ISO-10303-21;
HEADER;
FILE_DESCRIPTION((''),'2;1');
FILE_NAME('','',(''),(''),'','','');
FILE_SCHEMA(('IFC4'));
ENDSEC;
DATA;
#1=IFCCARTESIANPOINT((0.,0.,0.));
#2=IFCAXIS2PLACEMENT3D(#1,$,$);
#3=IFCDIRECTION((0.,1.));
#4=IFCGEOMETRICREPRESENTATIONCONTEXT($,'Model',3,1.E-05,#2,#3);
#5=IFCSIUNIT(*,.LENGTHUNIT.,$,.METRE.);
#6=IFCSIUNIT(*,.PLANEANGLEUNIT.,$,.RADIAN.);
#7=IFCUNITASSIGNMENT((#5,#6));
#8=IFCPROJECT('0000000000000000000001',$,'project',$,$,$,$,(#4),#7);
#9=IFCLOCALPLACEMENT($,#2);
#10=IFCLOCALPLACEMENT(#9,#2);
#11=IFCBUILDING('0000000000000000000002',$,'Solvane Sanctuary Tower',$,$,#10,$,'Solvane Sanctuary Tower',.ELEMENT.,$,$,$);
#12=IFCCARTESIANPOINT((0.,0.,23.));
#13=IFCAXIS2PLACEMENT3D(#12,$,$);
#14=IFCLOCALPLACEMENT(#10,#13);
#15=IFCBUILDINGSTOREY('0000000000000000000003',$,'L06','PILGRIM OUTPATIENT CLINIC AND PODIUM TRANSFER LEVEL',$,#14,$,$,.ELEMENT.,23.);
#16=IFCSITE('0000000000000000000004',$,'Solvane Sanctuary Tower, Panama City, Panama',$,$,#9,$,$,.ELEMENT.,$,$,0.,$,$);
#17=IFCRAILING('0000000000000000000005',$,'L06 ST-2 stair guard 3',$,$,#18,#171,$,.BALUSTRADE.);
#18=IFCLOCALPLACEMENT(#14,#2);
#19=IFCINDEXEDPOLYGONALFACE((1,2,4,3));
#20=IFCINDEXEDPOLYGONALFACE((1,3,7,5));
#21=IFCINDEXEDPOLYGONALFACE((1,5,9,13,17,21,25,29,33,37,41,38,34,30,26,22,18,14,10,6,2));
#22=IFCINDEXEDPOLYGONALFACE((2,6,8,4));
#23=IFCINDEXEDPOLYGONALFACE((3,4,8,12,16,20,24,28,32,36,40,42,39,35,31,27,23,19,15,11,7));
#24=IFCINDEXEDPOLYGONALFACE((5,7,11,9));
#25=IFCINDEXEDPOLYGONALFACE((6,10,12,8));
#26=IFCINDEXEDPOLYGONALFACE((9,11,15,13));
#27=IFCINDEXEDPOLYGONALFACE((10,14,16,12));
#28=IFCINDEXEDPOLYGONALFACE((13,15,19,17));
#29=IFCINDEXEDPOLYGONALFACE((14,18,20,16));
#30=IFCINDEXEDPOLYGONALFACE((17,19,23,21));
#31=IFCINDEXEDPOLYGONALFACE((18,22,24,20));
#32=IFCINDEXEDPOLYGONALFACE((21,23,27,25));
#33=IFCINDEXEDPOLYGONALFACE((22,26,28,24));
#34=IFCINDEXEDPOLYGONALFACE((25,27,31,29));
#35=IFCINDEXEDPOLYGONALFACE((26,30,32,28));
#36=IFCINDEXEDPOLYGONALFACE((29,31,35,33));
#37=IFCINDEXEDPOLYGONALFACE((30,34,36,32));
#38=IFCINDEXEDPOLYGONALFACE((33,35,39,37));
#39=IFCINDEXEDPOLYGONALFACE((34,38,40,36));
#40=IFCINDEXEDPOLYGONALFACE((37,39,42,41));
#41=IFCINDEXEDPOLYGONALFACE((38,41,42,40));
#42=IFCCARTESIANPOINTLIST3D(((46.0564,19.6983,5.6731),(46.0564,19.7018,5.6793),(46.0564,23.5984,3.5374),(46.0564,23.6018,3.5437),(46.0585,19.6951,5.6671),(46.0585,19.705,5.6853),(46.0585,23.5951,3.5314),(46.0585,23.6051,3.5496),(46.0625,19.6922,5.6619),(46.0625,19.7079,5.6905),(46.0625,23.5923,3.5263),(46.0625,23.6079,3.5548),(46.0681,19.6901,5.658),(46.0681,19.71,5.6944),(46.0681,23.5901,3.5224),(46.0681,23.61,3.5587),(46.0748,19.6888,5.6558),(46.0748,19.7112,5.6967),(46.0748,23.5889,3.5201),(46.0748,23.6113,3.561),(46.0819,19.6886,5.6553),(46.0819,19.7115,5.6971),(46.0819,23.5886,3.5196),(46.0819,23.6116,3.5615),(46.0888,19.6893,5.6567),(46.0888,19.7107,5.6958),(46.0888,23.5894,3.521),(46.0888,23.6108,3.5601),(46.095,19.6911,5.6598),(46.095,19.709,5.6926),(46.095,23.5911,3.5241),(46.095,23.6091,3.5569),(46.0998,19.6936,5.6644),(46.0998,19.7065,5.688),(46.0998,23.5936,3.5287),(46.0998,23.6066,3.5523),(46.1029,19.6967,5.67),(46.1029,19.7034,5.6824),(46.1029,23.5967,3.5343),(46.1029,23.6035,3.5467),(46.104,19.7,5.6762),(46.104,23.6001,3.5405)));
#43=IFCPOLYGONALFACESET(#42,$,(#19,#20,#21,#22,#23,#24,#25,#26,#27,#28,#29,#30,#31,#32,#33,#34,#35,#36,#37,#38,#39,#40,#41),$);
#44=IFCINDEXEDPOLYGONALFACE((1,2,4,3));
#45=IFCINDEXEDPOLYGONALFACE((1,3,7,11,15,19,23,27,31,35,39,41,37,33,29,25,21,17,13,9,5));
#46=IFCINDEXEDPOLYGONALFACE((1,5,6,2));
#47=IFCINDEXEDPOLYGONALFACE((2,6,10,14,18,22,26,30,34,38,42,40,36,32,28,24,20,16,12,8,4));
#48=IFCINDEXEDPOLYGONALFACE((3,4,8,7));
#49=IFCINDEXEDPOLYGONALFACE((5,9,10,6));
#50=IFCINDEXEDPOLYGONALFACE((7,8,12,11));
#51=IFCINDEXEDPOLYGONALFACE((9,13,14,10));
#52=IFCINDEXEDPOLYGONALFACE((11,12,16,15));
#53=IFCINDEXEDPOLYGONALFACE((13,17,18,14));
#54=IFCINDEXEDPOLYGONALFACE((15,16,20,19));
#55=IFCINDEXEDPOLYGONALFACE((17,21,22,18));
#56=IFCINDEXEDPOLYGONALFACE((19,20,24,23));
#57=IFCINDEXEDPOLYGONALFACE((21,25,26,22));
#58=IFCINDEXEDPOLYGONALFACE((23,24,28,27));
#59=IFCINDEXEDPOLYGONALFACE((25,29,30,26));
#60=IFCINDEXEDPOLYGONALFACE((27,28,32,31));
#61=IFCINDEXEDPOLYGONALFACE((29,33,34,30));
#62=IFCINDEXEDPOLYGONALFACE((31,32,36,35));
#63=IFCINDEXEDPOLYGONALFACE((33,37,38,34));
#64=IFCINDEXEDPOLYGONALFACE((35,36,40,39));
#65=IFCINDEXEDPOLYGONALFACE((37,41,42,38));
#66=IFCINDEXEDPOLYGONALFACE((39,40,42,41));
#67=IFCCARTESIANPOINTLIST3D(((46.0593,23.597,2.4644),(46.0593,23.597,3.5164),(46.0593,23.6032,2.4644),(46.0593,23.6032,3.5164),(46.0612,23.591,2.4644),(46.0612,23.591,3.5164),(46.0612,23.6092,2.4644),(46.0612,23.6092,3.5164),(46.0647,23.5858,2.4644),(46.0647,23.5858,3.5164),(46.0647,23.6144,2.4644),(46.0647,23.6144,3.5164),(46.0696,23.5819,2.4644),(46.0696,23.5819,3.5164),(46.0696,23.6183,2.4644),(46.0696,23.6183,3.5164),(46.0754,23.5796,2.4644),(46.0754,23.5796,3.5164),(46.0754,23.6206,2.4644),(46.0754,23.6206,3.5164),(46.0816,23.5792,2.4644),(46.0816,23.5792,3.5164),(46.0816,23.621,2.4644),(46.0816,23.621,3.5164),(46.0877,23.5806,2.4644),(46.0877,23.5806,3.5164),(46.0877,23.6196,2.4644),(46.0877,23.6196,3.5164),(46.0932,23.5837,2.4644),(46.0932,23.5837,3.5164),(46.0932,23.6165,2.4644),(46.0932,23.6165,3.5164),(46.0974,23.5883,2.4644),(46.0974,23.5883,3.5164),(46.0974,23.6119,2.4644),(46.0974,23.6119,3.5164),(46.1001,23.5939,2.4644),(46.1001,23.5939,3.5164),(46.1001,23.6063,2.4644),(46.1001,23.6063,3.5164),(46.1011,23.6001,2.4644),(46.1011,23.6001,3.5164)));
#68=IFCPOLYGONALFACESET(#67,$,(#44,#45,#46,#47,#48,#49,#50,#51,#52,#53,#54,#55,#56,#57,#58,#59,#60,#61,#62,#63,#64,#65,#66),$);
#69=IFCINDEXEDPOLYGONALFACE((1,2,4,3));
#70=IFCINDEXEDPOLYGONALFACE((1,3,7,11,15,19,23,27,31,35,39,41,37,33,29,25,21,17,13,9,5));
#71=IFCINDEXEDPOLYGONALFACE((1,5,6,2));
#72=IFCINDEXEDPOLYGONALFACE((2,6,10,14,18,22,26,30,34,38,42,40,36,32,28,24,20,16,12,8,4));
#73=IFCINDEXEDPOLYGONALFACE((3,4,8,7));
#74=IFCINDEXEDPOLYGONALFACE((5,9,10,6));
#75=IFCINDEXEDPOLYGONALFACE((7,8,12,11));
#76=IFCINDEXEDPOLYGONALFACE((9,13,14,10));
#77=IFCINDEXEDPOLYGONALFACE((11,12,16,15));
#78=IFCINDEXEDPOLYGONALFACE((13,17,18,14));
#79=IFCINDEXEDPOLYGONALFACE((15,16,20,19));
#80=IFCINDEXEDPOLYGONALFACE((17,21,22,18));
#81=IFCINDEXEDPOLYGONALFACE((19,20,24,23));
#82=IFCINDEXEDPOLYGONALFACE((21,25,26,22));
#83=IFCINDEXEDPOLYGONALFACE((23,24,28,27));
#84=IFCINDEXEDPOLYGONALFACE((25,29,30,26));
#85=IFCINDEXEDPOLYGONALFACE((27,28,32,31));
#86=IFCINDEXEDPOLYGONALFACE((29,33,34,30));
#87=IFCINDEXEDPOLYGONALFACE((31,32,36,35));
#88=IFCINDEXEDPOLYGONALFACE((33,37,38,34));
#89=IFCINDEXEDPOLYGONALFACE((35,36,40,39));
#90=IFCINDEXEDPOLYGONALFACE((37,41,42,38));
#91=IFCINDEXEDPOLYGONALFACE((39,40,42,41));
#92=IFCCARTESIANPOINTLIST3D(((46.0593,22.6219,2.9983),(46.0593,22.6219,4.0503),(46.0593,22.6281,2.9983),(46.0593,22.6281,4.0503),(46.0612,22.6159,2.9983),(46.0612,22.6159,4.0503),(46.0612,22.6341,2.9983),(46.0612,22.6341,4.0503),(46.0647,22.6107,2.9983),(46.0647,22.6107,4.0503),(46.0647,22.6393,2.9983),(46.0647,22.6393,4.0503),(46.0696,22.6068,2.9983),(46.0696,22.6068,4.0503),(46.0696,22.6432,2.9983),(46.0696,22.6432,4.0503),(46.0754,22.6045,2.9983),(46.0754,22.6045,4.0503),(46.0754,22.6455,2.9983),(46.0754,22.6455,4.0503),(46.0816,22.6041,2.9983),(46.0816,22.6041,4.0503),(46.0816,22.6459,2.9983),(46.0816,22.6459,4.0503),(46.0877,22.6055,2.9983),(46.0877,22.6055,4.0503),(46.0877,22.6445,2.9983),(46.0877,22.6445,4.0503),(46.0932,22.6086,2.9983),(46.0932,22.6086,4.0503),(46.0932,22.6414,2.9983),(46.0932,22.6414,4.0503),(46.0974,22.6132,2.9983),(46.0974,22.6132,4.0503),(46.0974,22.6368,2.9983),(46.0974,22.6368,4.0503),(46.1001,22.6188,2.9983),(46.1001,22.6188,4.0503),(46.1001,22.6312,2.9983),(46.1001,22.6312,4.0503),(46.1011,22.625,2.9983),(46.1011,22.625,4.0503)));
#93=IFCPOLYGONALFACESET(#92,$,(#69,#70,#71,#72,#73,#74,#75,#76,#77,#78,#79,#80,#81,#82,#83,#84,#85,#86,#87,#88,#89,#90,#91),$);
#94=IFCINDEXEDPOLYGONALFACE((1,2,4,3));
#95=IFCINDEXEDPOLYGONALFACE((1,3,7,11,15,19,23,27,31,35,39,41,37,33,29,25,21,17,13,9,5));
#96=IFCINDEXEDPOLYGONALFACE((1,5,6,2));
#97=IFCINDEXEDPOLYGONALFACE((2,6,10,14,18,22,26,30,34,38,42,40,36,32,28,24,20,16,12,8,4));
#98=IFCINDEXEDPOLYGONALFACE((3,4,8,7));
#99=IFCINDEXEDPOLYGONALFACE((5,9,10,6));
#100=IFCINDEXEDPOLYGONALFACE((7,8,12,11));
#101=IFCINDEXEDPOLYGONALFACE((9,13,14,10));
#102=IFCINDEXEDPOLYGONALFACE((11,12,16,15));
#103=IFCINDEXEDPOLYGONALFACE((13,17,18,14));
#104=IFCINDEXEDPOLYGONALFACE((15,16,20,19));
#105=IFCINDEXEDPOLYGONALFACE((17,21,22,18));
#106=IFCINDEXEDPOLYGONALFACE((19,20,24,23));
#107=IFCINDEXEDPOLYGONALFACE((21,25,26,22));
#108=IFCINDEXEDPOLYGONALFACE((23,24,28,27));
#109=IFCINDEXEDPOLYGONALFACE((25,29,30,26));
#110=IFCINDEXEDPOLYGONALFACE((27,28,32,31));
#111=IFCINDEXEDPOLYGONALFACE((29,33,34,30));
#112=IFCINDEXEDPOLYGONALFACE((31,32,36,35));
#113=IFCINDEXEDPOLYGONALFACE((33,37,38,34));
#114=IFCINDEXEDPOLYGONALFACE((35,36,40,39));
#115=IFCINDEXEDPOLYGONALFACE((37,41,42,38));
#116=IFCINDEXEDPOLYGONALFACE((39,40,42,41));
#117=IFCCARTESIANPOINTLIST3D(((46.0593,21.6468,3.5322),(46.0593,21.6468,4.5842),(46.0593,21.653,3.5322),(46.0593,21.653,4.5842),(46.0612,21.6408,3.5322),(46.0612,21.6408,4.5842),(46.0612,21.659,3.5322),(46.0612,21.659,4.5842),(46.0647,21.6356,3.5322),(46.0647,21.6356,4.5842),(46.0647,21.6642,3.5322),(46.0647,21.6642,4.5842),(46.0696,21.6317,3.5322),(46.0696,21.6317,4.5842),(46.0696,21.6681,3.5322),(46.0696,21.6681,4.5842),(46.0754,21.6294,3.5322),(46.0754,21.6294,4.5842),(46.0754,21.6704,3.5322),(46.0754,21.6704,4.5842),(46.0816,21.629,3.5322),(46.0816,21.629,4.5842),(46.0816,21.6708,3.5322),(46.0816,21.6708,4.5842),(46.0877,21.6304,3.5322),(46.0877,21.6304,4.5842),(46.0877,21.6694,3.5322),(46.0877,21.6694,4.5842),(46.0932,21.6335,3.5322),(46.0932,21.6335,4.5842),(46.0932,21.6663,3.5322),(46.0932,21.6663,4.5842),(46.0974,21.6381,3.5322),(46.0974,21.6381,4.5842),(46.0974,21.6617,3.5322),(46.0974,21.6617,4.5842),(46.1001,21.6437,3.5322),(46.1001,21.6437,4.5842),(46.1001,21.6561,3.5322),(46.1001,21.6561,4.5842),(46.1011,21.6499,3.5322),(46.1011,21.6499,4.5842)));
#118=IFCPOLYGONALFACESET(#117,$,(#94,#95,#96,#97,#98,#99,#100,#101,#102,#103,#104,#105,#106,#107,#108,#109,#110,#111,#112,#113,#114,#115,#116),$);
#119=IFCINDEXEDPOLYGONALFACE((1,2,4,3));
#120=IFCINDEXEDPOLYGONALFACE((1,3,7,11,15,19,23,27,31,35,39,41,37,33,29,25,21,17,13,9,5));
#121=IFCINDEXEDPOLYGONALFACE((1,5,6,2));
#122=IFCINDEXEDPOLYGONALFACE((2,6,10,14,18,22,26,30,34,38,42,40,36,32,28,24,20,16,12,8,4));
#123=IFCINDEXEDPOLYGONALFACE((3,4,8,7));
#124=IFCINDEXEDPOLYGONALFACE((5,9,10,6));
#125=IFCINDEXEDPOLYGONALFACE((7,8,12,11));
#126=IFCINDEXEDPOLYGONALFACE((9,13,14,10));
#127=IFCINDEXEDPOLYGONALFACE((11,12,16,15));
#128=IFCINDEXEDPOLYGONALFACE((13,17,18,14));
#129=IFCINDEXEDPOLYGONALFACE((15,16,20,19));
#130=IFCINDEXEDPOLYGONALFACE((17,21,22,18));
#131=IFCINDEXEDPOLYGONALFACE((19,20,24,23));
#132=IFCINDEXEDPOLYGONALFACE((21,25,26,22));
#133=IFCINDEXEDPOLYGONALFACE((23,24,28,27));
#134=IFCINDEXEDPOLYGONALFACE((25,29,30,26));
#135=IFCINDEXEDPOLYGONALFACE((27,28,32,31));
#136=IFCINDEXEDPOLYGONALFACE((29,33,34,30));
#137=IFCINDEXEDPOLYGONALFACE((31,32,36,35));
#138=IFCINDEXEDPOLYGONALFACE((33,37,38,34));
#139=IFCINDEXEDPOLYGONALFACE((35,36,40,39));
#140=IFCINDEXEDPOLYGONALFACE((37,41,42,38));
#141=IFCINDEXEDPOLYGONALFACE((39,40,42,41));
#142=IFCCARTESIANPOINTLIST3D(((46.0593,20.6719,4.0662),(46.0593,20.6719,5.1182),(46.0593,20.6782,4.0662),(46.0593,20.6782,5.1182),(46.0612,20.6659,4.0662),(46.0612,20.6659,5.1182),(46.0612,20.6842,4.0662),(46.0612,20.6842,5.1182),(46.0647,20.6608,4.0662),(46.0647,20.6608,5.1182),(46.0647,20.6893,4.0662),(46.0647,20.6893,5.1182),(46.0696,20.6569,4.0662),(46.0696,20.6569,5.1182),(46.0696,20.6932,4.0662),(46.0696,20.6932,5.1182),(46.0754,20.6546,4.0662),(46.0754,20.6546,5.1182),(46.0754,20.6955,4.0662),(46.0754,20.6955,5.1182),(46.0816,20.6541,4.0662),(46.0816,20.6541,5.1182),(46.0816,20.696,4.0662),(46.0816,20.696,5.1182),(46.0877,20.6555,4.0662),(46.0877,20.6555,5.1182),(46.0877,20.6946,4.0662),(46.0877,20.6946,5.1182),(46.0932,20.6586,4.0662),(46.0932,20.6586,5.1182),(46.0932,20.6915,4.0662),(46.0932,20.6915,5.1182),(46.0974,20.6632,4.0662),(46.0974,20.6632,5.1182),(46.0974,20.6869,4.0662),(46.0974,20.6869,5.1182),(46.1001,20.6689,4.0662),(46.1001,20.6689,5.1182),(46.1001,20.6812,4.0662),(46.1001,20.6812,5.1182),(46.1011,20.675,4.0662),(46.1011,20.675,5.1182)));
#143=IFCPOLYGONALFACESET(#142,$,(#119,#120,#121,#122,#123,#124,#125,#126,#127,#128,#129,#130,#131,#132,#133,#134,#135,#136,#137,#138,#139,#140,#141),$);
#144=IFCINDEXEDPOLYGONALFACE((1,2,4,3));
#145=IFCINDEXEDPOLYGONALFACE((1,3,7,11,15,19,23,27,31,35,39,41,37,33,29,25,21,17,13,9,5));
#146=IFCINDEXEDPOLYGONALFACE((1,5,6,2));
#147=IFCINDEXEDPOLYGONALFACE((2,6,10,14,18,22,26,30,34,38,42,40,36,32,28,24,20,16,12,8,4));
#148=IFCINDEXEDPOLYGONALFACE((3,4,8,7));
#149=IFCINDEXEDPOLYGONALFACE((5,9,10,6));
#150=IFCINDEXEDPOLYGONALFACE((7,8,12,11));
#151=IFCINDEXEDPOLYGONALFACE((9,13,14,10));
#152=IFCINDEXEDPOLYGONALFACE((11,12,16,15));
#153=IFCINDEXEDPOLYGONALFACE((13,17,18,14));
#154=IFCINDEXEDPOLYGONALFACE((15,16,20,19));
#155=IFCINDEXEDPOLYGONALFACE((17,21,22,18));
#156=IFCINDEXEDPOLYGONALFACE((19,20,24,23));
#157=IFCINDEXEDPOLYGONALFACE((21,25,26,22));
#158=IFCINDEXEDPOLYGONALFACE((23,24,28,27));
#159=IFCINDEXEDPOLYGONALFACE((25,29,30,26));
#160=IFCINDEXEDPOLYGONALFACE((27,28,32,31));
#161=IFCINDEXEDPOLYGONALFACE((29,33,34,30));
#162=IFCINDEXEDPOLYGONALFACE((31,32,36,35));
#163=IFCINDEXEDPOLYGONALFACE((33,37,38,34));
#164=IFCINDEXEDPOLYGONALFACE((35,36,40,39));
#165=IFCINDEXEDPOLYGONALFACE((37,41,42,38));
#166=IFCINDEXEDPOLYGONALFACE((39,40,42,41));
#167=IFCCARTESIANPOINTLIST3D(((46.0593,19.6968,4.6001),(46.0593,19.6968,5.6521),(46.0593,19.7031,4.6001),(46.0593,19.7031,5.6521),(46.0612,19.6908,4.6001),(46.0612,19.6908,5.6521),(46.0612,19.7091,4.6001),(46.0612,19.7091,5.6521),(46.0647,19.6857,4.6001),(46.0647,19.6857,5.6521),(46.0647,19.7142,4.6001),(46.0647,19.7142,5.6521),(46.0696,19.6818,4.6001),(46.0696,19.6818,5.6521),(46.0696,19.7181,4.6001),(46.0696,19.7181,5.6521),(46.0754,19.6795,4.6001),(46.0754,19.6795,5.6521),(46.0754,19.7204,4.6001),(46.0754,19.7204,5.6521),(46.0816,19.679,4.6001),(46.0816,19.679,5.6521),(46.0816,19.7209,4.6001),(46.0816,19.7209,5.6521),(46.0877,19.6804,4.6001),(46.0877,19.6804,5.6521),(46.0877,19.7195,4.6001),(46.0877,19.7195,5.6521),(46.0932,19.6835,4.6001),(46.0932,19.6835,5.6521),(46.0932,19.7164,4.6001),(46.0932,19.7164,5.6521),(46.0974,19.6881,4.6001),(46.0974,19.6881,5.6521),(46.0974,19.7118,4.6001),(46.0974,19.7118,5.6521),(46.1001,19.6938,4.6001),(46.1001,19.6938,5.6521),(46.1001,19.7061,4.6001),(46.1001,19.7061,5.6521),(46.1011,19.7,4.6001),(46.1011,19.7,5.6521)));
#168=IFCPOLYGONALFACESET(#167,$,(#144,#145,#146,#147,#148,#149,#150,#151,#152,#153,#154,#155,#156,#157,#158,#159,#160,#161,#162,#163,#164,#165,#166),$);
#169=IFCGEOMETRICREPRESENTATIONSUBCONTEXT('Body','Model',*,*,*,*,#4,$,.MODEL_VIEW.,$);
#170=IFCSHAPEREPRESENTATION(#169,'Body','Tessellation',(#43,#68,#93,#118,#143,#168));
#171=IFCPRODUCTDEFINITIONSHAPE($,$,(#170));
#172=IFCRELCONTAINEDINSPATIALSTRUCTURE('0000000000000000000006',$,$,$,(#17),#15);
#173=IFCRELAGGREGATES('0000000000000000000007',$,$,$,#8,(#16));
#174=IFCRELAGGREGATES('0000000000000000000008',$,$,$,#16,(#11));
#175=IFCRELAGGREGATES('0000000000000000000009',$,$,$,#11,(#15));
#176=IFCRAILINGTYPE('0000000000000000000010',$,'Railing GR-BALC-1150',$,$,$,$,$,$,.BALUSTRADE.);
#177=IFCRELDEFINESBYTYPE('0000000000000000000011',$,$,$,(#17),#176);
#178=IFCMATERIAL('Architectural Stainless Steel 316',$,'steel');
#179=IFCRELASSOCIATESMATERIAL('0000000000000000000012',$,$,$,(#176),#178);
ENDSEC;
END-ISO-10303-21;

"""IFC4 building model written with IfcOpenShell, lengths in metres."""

from ifc_helpers import new_model, si_unit, direction, frame, origin, origin_2d, place, context, subcontext, project, spatial, circle, extrude, material, type_object, element, save


model = new_model("IFC4")

# Units and contexts
model_context = context("Model", 3, precision=1e-05, world=origin(), true_north=direction((0.0, 1.0)))
body_context = subcontext(model_context, "Body", "Model", "MODEL_VIEW")
ifc_project = project(units=[si_unit("LENGTHUNIT", "METRE"), si_unit("PLANEANGLEUNIT", "RADIAN")], contexts=[model_context])

# Site, building, storey
site_placement = place(None, origin())
site = spatial("IfcSite", under=ifc_project, at=site_placement, Name="Solvane Sanctuary Tower, Panama City, Panama", CompositionType="ELEMENT", RefElevation=0.0)
building_placement = place(site_placement, origin())
building = spatial("IfcBuilding", under=site, at=building_placement, Name="Solvane Sanctuary Tower", LongName="Solvane Sanctuary Tower", CompositionType="ELEMENT")
storey_placement = place(building_placement, frame((0.0, 0.0, 23.0)))
storey = spatial("IfcBuildingStorey", under=building, at=storey_placement, Name="L06", Description="PILGRIM OUTPATIENT CLINIC AND PODIUM TRANSFER LEVEL", CompositionType="ELEMENT", Elevation=23.0)

# Shared definitions
ifc_material_1 = material(Name="Architectural Stainless Steel 316", Category="steel")

# Railing
railing_type_1 = type_object("IfcRailingType", Name="Railing GR-BALC-1150", PredefinedType="BALUSTRADE", material=ifc_material_1)
railing_1_placement = place(storey_placement, frame((46.0801, 23.6001, 2.4644)))
element("IfcRailing", 1, at=railing_1_placement, inside=storey, type_object=railing_type_1, Name="L06 ST-2 stair guard 3", PredefinedType="BALUSTRADE", context=body_context, shape_type="SweptSolid", body=[
    extrude(circle(Radius=0.0239, at=origin_2d()), frame((0.0, 0.0, 1.0762), z_axis=(0.0, -0.877101, 0.480306), x_axis=(1.0, 0.0, 0.0)), (0.0, 0.0, 1.0), 4.4465),
    extrude(circle(Radius=0.021, at=origin_2d()), origin(), (0.0, 0.0, 1.0), 1.052),
    extrude(circle(Radius=0.021, at=origin_2d()), frame((0.0, -0.9751, 0.5339)), (0.0, 0.0, 1.0), 1.052),
    extrude(circle(Radius=0.021, at=origin_2d()), frame((0.0, -1.9502, 1.0679)), (0.0, 0.0, 1.0), 1.052),
    extrude(circle(Radius=0.021, at=origin_2d()), frame((0.0, -2.925, 1.6018)), (0.0, 0.0, 1.0), 1.052),
    extrude(circle(Radius=0.021, at=origin_2d()), frame((0.0, -3.9001, 2.1357)), (0.0, 0.0, 1.0), 1.052),
])

save(model, "model.ifc")
